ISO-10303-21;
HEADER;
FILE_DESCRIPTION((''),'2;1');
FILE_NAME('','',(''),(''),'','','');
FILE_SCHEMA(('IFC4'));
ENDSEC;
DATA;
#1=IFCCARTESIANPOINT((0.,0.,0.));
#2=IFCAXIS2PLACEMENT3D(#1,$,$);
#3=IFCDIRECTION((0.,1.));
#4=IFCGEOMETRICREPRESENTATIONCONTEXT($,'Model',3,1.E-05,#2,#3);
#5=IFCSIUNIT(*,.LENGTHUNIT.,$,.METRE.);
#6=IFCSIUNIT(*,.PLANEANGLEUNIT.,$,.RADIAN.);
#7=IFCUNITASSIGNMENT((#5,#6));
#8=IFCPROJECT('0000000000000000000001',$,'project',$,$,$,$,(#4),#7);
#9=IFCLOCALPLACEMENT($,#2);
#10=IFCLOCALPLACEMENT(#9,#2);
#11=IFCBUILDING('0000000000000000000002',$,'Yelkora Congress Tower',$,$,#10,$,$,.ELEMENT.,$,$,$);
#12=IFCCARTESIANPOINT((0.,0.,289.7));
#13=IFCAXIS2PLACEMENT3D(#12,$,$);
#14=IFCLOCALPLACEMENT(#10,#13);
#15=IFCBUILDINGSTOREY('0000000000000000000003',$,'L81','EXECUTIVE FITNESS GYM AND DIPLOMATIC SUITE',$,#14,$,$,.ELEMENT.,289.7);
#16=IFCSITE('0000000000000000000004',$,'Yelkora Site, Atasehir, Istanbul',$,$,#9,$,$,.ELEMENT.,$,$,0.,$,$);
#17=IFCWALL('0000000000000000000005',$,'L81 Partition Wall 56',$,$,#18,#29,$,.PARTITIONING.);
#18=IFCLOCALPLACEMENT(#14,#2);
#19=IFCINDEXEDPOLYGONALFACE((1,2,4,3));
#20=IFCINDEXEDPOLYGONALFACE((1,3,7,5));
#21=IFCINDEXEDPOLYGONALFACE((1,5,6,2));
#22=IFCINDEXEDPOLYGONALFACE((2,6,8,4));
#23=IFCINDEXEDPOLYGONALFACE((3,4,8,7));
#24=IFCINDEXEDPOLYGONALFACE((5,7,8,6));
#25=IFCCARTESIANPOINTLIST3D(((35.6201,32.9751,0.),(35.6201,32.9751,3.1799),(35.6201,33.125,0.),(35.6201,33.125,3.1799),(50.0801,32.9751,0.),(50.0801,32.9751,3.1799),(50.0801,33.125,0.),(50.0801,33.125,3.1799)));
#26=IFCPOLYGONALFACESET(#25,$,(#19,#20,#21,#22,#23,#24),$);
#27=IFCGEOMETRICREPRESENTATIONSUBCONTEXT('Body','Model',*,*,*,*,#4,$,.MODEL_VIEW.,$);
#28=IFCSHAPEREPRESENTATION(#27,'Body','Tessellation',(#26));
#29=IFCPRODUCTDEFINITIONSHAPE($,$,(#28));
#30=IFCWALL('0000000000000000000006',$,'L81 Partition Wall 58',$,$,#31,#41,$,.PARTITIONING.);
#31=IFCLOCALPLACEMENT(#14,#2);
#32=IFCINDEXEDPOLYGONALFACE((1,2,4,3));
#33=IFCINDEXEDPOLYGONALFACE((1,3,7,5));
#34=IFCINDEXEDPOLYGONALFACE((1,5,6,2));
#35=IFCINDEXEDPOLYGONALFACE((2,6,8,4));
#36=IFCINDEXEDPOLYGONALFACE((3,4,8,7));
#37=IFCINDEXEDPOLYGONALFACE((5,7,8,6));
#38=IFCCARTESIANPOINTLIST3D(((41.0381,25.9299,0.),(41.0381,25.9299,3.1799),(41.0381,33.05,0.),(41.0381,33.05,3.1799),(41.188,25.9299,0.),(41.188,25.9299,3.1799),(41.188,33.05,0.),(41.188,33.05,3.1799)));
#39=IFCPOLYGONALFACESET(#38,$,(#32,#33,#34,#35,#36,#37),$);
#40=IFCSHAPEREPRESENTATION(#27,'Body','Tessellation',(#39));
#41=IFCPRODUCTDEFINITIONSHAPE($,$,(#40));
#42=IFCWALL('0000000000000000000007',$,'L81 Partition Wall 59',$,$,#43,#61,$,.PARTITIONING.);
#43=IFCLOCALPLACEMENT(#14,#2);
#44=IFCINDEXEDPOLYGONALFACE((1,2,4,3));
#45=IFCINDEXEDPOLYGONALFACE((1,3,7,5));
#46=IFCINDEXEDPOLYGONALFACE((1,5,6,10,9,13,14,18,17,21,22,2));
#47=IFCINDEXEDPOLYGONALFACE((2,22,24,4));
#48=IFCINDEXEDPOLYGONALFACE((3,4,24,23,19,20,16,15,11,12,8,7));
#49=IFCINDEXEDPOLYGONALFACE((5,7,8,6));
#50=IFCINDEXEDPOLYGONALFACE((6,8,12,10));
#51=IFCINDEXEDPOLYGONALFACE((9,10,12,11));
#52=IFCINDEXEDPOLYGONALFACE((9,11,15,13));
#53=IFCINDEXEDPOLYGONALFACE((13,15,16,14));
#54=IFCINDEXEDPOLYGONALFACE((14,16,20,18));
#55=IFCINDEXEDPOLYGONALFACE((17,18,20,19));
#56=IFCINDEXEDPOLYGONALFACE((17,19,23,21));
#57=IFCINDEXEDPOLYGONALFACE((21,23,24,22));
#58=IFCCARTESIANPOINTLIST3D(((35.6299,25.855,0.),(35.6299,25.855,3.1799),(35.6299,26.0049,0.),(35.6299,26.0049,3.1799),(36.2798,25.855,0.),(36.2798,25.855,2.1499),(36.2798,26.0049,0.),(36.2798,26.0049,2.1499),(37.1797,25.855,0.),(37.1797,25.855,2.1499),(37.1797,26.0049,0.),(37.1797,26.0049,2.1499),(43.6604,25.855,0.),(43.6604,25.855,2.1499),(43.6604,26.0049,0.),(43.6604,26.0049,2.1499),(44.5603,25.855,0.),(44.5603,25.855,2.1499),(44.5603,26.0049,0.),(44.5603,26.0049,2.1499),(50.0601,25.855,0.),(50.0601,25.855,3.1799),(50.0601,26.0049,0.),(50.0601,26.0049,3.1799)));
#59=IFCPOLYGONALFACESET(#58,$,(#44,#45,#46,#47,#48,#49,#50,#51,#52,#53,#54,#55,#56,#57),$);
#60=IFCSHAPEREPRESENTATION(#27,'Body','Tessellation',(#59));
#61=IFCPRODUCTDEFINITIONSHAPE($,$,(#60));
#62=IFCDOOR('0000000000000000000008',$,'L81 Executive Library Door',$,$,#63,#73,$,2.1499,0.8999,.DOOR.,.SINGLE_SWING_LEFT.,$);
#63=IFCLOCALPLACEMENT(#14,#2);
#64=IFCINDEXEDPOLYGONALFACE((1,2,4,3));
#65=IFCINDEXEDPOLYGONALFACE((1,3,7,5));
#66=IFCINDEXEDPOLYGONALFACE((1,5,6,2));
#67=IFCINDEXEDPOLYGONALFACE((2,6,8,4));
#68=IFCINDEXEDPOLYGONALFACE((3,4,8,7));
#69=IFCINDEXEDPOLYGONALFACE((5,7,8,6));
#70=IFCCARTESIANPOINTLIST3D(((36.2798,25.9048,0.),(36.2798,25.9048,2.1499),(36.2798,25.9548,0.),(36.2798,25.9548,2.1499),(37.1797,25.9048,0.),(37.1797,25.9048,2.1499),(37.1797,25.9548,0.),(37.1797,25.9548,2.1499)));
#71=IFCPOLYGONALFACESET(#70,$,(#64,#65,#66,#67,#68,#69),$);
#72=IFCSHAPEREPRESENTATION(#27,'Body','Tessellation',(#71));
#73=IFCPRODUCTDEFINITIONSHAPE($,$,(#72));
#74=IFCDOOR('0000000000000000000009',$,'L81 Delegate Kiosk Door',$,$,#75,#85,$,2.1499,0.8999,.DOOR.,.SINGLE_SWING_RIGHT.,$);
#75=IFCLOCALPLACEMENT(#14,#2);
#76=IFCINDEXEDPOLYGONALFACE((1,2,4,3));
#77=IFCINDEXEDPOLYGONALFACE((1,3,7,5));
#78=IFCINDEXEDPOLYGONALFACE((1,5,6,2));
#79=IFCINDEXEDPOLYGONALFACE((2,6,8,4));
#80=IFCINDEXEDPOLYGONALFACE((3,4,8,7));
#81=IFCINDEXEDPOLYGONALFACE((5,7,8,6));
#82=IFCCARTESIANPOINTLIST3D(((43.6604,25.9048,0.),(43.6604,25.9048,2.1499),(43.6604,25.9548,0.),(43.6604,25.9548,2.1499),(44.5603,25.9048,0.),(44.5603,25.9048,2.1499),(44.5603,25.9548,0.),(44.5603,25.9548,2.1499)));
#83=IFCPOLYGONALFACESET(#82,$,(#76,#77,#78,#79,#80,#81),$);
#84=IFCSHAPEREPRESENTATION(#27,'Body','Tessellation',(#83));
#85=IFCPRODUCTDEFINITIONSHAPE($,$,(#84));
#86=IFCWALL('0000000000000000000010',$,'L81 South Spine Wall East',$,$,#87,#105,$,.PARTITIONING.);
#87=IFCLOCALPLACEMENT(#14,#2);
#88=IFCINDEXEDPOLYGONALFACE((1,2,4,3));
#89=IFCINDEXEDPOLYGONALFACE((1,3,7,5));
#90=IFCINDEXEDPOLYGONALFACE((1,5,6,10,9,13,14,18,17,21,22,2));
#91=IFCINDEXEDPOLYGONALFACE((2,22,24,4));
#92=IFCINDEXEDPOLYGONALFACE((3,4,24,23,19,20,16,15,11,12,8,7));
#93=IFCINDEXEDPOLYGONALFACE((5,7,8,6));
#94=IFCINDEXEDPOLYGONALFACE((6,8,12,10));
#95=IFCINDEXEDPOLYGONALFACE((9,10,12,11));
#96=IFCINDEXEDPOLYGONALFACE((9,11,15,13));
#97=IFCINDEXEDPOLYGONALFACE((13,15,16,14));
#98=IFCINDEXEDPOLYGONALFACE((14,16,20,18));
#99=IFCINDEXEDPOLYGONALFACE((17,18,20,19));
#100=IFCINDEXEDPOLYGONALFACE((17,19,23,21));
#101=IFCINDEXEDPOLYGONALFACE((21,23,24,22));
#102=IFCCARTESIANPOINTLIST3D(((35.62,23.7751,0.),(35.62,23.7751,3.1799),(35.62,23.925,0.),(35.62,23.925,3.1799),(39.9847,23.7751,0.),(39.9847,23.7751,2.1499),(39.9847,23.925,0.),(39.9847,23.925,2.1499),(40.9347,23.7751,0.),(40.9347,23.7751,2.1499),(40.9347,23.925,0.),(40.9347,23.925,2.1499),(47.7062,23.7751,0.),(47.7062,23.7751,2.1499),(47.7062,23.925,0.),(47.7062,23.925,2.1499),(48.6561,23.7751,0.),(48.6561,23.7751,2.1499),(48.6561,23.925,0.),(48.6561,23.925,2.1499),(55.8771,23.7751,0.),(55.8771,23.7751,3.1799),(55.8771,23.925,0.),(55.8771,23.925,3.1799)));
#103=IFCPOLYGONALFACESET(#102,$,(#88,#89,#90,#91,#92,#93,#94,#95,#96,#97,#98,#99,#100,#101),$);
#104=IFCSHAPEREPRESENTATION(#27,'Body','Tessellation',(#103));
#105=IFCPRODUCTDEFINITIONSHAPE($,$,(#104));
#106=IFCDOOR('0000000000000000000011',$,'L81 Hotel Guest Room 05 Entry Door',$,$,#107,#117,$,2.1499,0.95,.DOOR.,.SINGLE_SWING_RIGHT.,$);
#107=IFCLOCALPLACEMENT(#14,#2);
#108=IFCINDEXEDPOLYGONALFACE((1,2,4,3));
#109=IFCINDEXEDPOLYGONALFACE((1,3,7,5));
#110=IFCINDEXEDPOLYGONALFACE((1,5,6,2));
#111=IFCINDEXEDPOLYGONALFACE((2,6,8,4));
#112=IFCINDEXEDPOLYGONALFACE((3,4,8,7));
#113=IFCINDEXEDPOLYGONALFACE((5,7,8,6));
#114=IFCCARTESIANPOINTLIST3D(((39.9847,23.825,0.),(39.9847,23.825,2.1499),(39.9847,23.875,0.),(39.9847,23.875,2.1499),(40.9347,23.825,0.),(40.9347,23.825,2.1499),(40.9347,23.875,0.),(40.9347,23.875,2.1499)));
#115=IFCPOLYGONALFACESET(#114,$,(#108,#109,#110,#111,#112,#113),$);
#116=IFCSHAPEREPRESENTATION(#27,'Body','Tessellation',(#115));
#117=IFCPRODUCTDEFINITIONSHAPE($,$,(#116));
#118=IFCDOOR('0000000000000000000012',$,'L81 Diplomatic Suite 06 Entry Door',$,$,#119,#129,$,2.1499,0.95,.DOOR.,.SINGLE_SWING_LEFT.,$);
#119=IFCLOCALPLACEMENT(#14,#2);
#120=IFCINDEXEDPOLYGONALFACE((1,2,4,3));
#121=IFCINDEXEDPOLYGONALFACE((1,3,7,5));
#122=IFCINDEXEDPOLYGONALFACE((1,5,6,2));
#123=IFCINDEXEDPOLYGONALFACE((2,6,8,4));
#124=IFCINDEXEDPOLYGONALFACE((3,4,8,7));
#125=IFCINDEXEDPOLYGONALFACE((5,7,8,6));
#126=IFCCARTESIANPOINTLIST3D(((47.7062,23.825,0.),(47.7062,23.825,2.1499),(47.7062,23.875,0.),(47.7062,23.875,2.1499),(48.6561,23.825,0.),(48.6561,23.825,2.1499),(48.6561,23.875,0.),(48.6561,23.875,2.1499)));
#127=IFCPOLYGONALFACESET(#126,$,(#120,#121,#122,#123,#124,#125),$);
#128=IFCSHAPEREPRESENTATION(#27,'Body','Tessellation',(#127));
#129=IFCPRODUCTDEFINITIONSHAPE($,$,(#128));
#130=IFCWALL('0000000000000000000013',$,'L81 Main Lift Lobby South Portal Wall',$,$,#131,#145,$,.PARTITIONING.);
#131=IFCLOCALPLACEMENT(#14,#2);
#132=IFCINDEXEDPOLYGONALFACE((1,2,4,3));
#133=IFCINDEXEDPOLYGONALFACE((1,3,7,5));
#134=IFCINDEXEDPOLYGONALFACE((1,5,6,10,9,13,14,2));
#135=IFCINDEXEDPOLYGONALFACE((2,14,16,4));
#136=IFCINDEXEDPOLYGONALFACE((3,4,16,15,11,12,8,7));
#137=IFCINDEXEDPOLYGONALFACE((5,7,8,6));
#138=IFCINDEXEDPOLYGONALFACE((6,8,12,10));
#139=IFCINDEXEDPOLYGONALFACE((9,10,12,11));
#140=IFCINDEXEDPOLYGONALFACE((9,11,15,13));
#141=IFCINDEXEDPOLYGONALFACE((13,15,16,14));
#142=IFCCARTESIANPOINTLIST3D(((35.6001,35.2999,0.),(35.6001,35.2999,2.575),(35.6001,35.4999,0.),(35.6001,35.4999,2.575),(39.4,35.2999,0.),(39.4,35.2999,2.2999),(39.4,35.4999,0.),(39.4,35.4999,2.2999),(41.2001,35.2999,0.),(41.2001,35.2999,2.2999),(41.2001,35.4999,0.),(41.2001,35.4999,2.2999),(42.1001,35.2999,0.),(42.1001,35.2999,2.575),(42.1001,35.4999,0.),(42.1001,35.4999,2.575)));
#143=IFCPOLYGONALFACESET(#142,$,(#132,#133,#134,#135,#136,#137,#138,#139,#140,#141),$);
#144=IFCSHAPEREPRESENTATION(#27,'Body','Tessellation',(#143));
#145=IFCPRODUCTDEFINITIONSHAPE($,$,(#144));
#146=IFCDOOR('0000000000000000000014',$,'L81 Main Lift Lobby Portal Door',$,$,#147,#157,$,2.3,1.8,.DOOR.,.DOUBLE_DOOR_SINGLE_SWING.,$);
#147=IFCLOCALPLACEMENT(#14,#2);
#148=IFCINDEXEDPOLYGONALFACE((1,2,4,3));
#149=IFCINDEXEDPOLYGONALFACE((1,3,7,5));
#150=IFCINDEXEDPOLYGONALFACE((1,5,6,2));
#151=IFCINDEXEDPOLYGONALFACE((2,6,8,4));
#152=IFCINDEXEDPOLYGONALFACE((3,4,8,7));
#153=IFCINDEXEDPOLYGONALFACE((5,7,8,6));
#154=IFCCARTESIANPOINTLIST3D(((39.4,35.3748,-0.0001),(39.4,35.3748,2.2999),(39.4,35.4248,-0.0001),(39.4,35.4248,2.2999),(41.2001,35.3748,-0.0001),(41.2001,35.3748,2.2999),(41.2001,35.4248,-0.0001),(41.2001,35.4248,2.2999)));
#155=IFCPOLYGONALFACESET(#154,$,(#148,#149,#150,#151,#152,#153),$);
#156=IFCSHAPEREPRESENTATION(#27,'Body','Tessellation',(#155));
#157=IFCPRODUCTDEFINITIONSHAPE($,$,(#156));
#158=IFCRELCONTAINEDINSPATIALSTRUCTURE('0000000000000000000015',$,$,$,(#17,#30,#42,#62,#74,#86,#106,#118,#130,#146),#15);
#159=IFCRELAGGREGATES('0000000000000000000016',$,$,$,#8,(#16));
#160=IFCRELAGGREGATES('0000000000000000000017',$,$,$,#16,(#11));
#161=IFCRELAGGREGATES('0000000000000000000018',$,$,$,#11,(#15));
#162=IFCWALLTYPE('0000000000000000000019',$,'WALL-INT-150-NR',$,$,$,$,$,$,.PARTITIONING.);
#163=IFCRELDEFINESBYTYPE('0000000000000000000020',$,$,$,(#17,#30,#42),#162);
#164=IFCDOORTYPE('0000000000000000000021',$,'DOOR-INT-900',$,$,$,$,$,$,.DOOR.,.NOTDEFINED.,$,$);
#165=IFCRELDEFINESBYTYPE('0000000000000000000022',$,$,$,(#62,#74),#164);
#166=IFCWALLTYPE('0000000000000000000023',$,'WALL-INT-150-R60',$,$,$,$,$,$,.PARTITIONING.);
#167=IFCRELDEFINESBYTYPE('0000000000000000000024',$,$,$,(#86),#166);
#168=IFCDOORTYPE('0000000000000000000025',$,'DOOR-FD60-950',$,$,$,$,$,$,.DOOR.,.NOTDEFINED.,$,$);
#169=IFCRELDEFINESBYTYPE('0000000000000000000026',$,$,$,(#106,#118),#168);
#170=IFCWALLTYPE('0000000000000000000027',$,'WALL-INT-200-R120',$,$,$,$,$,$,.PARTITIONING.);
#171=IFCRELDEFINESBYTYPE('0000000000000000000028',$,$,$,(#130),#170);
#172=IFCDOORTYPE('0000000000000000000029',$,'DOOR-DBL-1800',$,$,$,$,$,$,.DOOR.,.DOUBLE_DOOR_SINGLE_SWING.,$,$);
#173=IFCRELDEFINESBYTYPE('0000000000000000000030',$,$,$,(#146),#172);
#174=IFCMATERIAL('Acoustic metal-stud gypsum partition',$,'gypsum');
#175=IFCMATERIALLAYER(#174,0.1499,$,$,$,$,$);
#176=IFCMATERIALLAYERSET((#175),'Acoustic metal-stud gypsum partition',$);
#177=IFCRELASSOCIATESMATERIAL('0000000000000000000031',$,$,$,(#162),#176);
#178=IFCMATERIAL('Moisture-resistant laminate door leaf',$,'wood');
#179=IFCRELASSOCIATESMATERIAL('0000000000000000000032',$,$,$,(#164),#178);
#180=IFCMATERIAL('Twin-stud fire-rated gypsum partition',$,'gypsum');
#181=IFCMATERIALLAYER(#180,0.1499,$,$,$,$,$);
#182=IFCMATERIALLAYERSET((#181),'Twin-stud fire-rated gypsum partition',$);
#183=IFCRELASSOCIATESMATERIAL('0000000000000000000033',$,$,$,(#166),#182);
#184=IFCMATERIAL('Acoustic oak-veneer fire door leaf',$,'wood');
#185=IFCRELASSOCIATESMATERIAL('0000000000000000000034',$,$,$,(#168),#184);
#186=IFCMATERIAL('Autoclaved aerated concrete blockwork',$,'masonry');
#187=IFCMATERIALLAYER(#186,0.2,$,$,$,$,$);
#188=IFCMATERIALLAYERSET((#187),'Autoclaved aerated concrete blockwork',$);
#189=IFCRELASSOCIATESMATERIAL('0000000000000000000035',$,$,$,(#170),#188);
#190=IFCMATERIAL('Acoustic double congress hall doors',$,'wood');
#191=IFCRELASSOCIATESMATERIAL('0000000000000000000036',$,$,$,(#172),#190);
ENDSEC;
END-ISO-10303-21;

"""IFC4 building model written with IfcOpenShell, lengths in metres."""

from ifc_helpers import new_model, si_unit, direction, frame, frame_2d, origin, place, context, subcontext, project, spatial, rectangle, extrude, material, layer, layer_set, type_object, element, fill, save


model = new_model("IFC4")

# Units and contexts
model_context = context("Model", 3, precision=1e-05, world=origin(), true_north=direction((0.0, 1.0)))
body_context = subcontext(model_context, "Body", "Model", "MODEL_VIEW")
ifc_project = project(units=[si_unit("LENGTHUNIT", "METRE"), si_unit("PLANEANGLEUNIT", "RADIAN")], contexts=[model_context])

# Site, building, storey
site_placement = place(None, origin())
site = spatial("IfcSite", under=ifc_project, at=site_placement, Name="Yelkora Site, Atasehir, Istanbul", CompositionType="ELEMENT", RefElevation=0.0)
building_placement = place(site_placement, origin())
building = spatial("IfcBuilding", under=site, at=building_placement, Name="Yelkora Congress Tower", CompositionType="ELEMENT")
storey_placement = place(building_placement, frame((0.0, 0.0, 289.7)))
storey = spatial("IfcBuildingStorey", under=building, at=storey_placement, Name="L81", Description="EXECUTIVE FITNESS GYM AND DIPLOMATIC SUITE", CompositionType="ELEMENT", Elevation=289.7)

# Walls
ifc_material_1 = material(Name="Acoustic metal-stud gypsum partition", Category="gypsum")
ifc_layer_1 = layer(ifc_material_1, 0.1499)
ifc_layer_set_1 = layer_set([ifc_layer_1], Name="Acoustic metal-stud gypsum partition")
wall_type_1 = type_object("IfcWallType", Name="WALL-INT-150-NR", PredefinedType="PARTITIONING", material=ifc_layer_set_1)
wall_1_placement = place(storey_placement, frame((35.6201, 33.05, 0.0), z_axis=(0.0, 0.0, 1.0), x_axis=(1.0, 0.0, 0.0)))
element("IfcWall", 1, at=wall_1_placement, inside=storey, type_object=wall_type_1, Name="L81 Partition Wall 56", PredefinedType="PARTITIONING", context=body_context, shape_type="SweptSolid", body=[
    extrude(rectangle(XDim=14.46, YDim=0.1499, at=frame_2d((7.23, 0.0))), origin(), (0.0, 0.0, 1.0), 3.1799),
])
wall_2_placement = place(storey_placement, frame((41.113, 25.9299, 0.0), z_axis=(0.0, 0.0, 1.0), x_axis=(0.0, 1.0, 0.0)))
element("IfcWall", 2, at=wall_2_placement, inside=storey, type_object=wall_type_1, Name="L81 Partition Wall 58", PredefinedType="PARTITIONING", context=body_context, shape_type="SweptSolid", body=[
    extrude(rectangle(XDim=7.1201, YDim=0.1499, at=frame_2d((3.5601, 0.0))), origin(), (0.0, 0.0, 1.0), 3.1799),
])

# Walls, openings, doors
wall_3_placement = place(storey_placement, frame((35.6299, 25.9299, 0.0), z_axis=(0.0, 0.0, 1.0), x_axis=(1.0, 0.0, 0.0)))
wall_3 = element("IfcWall", 3, at=wall_3_placement, inside=storey, type_object=wall_type_1, Name="L81 Partition Wall 59", PredefinedType="PARTITIONING", context=body_context, shape_type="SweptSolid", body=[
    extrude(rectangle(XDim=14.4302, YDim=0.1499, at=frame_2d((7.2151, 0.0))), origin(), (0.0, 0.0, 1.0), 3.1799),
])
opening_1_placement = place(wall_3_placement, frame((0.6499, 0.0, 0.0)))
opening_1 = element("IfcOpeningElement", 4, at=opening_1_placement, cuts=wall_3, PredefinedType="OPENING", context=body_context, shape_type="SweptSolid", body=[
    extrude(rectangle(XDim=0.8999, YDim=2.1499, at=frame_2d((0.45, 1.075))), frame((0.0, 0.085, 0.0), z_axis=(0.0, -1.0, 0.0), x_axis=(1.0, 0.0, 0.0)), (0.0, 0.0, 1.0), 0.1699),
])
opening_2_placement = place(wall_3_placement, frame((8.0305, 0.0, 0.0)))
opening_2 = element("IfcOpeningElement", 5, at=opening_2_placement, cuts=wall_3, PredefinedType="OPENING", context=body_context, shape_type="SweptSolid", body=[
    extrude(rectangle(XDim=0.8999, YDim=2.1499, at=frame_2d((0.45, 1.075))), frame((0.0, 0.085, 0.0), z_axis=(0.0, -1.0, 0.0), x_axis=(1.0, 0.0, 0.0)), (0.0, 0.0, 1.0), 0.1699),
])
ifc_material_2 = material(Name="Moisture-resistant laminate door leaf", Category="wood")
door_type_1 = type_object("IfcDoorType", Name="DOOR-INT-900", OperationType="NOTDEFINED", PredefinedType="DOOR", material=ifc_material_2)
door_1_placement = place(opening_1_placement, origin())
door_1 = element("IfcDoor", 6, at=door_1_placement, inside=storey, type_object=door_type_1, Name="L81 Executive Library Door", OperationType="SINGLE_SWING_LEFT", OverallHeight=2.1499, OverallWidth=0.8999, PredefinedType="DOOR", context=body_context, shape_type="SweptSolid", body=[
    extrude(rectangle(XDim=0.8999, YDim=2.1499, at=frame_2d((0.45, 1.075))), frame((0.0, 0.0249, 0.0), z_axis=(0.0, -1.0, 0.0), x_axis=(1.0, 0.0, 0.0)), (0.0, 0.0, 1.0), 0.05),
])
fill(opening_1, door_1)
door_2_placement = place(opening_2_placement, origin())
door_2 = element("IfcDoor", 7, at=door_2_placement, inside=storey, type_object=door_type_1, Name="L81 Delegate Kiosk Door", OperationType="SINGLE_SWING_RIGHT", OverallHeight=2.1499, OverallWidth=0.8999, PredefinedType="DOOR", context=body_context, shape_type="SweptSolid", body=[
    extrude(rectangle(XDim=0.8999, YDim=2.1499, at=frame_2d((0.45, 1.075))), frame((0.0, 0.0249, 0.0), z_axis=(0.0, -1.0, 0.0), x_axis=(1.0, 0.0, 0.0)), (0.0, 0.0, 1.0), 0.05),
])
fill(opening_2, door_2)
ifc_material_3 = material(Name="Twin-stud fire-rated gypsum partition", Category="gypsum")
ifc_layer_2 = layer(ifc_material_3, 0.1499)
ifc_layer_set_2 = layer_set([ifc_layer_2], Name="Twin-stud fire-rated gypsum partition")
wall_type_2 = type_object("IfcWallType", Name="WALL-INT-150-R60", PredefinedType="PARTITIONING", material=ifc_layer_set_2)
wall_4_placement = place(storey_placement, frame((35.6201, 23.8501, 0.0), z_axis=(0.0, 0.0, 1.0), x_axis=(1.0, 0.0, 0.0)))
wall_4 = element("IfcWall", 8, at=wall_4_placement, inside=storey, type_object=wall_type_2, Name="L81 South Spine Wall East", PredefinedType="PARTITIONING", context=body_context, shape_type="SweptSolid", body=[
    extrude(rectangle(XDim=20.2571, YDim=0.1499, at=frame_2d((10.1284, 0.0))), origin(), (0.0, 0.0, 1.0), 3.1799),
])
opening_3_placement = place(wall_4_placement, frame((4.3645, 0.0, 0.0)))
opening_3 = element("IfcOpeningElement", 9, at=opening_3_placement, cuts=wall_4, PredefinedType="OPENING", context=body_context, shape_type="SweptSolid", body=[
    extrude(rectangle(XDim=0.95, YDim=2.1499, at=frame_2d((0.4751, 1.075))), frame((0.0, 0.085, 0.0), z_axis=(0.0, -1.0, 0.0), x_axis=(1.0, 0.0, 0.0)), (0.0, 0.0, 1.0), 0.1699),
])
opening_4_placement = place(wall_4_placement, frame((12.0859, 0.0, 0.0)))
opening_4 = element("IfcOpeningElement", 10, at=opening_4_placement, cuts=wall_4, PredefinedType="OPENING", context=body_context, shape_type="SweptSolid", body=[
    extrude(rectangle(XDim=0.95, YDim=2.1499, at=frame_2d((0.4751, 1.075))), frame((0.0, 0.085, 0.0), z_axis=(0.0, -1.0, 0.0), x_axis=(1.0, 0.0, 0.0)), (0.0, 0.0, 1.0), 0.1699),
])
ifc_material_4 = material(Name="Acoustic oak-veneer fire door leaf", Category="wood")
door_type_2 = type_object("IfcDoorType", Name="DOOR-FD60-950", OperationType="NOTDEFINED", PredefinedType="DOOR", material=ifc_material_4)
door_3_placement = place(opening_3_placement, origin())
door_3 = element("IfcDoor", 11, at=door_3_placement, inside=storey, type_object=door_type_2, Name="L81 Hotel Guest Room 05 Entry Door", OperationType="SINGLE_SWING_RIGHT", OverallHeight=2.1499, OverallWidth=0.95, PredefinedType="DOOR", context=body_context, shape_type="SweptSolid", body=[
    extrude(rectangle(XDim=0.95, YDim=2.1499, at=frame_2d((0.4751, 1.075))), frame((0.0, 0.0249, 0.0), z_axis=(0.0, -1.0, 0.0), x_axis=(1.0, 0.0, 0.0)), (0.0, 0.0, 1.0), 0.05),
])
fill(opening_3, door_3)
door_4_placement = place(opening_4_placement, origin())
door_4 = element("IfcDoor", 12, at=door_4_placement, inside=storey, type_object=door_type_2, Name="L81 Diplomatic Suite 06 Entry Door", OperationType="SINGLE_SWING_LEFT", OverallHeight=2.1499, OverallWidth=0.95, PredefinedType="DOOR", context=body_context, shape_type="SweptSolid", body=[
    extrude(rectangle(XDim=0.95, YDim=2.1499, at=frame_2d((0.4751, 1.075))), frame((0.0, 0.0249, 0.0), z_axis=(0.0, -1.0, 0.0), x_axis=(1.0, 0.0, 0.0)), (0.0, 0.0, 1.0), 0.05),
])
fill(opening_4, door_4)

# Wall, opening, door
ifc_material_5 = material(Name="Autoclaved aerated concrete blockwork", Category="masonry")
ifc_layer_3 = layer(ifc_material_5, 0.2)
ifc_layer_set_3 = layer_set([ifc_layer_3], Name="Autoclaved aerated concrete blockwork")
wall_type_3 = type_object("IfcWallType", Name="WALL-INT-200-R120", PredefinedType="PARTITIONING", material=ifc_layer_set_3)
wall_5_placement = place(storey_placement, frame((35.6001, 35.3999, 0.0), z_axis=(0.0, 0.0, 1.0), x_axis=(1.0, 0.0, 0.0)))
wall_5 = element("IfcWall", 13, at=wall_5_placement, inside=storey, type_object=wall_type_3, Name="L81 Main Lift Lobby South Portal Wall", PredefinedType="PARTITIONING", context=body_context, shape_type="SweptSolid", body=[
    extrude(rectangle(XDim=6.5, YDim=0.2, at=frame_2d((3.25, 0.0))), origin(), (0.0, 0.0, 1.0), 2.575),
])
opening_5_placement = place(wall_5_placement, frame((3.8, 0.0, 0.0)))
opening_5 = element("IfcOpeningElement", 14, at=opening_5_placement, cuts=wall_5, PredefinedType="OPENING", context=body_context, shape_type="SweptSolid", body=[
    extrude(rectangle(XDim=1.8, YDim=2.3, at=frame_2d((0.8999, 1.1499))), frame((0.0, 0.1099, 0.0), z_axis=(0.0, -1.0, 0.0), x_axis=(1.0, 0.0, 0.0)), (0.0, 0.0, 1.0), 0.22),
])
ifc_material_6 = material(Name="Acoustic double congress hall doors", Category="wood")
door_type_3 = type_object("IfcDoorType", Name="DOOR-DBL-1800", OperationType="DOUBLE_DOOR_SINGLE_SWING", PredefinedType="DOOR", material=ifc_material_6)
door_5_placement = place(opening_5_placement, origin())
door_5 = element("IfcDoor", 15, at=door_5_placement, inside=storey, type_object=door_type_3, Name="L81 Main Lift Lobby Portal Door", OperationType="DOUBLE_DOOR_SINGLE_SWING", OverallHeight=2.3, OverallWidth=1.8, PredefinedType="DOOR", context=body_context, shape_type="SweptSolid", body=[
    extrude(rectangle(XDim=1.8, YDim=2.3, at=frame_2d((0.8999, 1.1499))), frame((0.0, 0.0249, 0.0), z_axis=(0.0, -1.0, 0.0), x_axis=(1.0, 0.0, 0.0)), (0.0, 0.0, 1.0), 0.05),
])
fill(opening_5, door_5)

save(model, "model.ifc")
